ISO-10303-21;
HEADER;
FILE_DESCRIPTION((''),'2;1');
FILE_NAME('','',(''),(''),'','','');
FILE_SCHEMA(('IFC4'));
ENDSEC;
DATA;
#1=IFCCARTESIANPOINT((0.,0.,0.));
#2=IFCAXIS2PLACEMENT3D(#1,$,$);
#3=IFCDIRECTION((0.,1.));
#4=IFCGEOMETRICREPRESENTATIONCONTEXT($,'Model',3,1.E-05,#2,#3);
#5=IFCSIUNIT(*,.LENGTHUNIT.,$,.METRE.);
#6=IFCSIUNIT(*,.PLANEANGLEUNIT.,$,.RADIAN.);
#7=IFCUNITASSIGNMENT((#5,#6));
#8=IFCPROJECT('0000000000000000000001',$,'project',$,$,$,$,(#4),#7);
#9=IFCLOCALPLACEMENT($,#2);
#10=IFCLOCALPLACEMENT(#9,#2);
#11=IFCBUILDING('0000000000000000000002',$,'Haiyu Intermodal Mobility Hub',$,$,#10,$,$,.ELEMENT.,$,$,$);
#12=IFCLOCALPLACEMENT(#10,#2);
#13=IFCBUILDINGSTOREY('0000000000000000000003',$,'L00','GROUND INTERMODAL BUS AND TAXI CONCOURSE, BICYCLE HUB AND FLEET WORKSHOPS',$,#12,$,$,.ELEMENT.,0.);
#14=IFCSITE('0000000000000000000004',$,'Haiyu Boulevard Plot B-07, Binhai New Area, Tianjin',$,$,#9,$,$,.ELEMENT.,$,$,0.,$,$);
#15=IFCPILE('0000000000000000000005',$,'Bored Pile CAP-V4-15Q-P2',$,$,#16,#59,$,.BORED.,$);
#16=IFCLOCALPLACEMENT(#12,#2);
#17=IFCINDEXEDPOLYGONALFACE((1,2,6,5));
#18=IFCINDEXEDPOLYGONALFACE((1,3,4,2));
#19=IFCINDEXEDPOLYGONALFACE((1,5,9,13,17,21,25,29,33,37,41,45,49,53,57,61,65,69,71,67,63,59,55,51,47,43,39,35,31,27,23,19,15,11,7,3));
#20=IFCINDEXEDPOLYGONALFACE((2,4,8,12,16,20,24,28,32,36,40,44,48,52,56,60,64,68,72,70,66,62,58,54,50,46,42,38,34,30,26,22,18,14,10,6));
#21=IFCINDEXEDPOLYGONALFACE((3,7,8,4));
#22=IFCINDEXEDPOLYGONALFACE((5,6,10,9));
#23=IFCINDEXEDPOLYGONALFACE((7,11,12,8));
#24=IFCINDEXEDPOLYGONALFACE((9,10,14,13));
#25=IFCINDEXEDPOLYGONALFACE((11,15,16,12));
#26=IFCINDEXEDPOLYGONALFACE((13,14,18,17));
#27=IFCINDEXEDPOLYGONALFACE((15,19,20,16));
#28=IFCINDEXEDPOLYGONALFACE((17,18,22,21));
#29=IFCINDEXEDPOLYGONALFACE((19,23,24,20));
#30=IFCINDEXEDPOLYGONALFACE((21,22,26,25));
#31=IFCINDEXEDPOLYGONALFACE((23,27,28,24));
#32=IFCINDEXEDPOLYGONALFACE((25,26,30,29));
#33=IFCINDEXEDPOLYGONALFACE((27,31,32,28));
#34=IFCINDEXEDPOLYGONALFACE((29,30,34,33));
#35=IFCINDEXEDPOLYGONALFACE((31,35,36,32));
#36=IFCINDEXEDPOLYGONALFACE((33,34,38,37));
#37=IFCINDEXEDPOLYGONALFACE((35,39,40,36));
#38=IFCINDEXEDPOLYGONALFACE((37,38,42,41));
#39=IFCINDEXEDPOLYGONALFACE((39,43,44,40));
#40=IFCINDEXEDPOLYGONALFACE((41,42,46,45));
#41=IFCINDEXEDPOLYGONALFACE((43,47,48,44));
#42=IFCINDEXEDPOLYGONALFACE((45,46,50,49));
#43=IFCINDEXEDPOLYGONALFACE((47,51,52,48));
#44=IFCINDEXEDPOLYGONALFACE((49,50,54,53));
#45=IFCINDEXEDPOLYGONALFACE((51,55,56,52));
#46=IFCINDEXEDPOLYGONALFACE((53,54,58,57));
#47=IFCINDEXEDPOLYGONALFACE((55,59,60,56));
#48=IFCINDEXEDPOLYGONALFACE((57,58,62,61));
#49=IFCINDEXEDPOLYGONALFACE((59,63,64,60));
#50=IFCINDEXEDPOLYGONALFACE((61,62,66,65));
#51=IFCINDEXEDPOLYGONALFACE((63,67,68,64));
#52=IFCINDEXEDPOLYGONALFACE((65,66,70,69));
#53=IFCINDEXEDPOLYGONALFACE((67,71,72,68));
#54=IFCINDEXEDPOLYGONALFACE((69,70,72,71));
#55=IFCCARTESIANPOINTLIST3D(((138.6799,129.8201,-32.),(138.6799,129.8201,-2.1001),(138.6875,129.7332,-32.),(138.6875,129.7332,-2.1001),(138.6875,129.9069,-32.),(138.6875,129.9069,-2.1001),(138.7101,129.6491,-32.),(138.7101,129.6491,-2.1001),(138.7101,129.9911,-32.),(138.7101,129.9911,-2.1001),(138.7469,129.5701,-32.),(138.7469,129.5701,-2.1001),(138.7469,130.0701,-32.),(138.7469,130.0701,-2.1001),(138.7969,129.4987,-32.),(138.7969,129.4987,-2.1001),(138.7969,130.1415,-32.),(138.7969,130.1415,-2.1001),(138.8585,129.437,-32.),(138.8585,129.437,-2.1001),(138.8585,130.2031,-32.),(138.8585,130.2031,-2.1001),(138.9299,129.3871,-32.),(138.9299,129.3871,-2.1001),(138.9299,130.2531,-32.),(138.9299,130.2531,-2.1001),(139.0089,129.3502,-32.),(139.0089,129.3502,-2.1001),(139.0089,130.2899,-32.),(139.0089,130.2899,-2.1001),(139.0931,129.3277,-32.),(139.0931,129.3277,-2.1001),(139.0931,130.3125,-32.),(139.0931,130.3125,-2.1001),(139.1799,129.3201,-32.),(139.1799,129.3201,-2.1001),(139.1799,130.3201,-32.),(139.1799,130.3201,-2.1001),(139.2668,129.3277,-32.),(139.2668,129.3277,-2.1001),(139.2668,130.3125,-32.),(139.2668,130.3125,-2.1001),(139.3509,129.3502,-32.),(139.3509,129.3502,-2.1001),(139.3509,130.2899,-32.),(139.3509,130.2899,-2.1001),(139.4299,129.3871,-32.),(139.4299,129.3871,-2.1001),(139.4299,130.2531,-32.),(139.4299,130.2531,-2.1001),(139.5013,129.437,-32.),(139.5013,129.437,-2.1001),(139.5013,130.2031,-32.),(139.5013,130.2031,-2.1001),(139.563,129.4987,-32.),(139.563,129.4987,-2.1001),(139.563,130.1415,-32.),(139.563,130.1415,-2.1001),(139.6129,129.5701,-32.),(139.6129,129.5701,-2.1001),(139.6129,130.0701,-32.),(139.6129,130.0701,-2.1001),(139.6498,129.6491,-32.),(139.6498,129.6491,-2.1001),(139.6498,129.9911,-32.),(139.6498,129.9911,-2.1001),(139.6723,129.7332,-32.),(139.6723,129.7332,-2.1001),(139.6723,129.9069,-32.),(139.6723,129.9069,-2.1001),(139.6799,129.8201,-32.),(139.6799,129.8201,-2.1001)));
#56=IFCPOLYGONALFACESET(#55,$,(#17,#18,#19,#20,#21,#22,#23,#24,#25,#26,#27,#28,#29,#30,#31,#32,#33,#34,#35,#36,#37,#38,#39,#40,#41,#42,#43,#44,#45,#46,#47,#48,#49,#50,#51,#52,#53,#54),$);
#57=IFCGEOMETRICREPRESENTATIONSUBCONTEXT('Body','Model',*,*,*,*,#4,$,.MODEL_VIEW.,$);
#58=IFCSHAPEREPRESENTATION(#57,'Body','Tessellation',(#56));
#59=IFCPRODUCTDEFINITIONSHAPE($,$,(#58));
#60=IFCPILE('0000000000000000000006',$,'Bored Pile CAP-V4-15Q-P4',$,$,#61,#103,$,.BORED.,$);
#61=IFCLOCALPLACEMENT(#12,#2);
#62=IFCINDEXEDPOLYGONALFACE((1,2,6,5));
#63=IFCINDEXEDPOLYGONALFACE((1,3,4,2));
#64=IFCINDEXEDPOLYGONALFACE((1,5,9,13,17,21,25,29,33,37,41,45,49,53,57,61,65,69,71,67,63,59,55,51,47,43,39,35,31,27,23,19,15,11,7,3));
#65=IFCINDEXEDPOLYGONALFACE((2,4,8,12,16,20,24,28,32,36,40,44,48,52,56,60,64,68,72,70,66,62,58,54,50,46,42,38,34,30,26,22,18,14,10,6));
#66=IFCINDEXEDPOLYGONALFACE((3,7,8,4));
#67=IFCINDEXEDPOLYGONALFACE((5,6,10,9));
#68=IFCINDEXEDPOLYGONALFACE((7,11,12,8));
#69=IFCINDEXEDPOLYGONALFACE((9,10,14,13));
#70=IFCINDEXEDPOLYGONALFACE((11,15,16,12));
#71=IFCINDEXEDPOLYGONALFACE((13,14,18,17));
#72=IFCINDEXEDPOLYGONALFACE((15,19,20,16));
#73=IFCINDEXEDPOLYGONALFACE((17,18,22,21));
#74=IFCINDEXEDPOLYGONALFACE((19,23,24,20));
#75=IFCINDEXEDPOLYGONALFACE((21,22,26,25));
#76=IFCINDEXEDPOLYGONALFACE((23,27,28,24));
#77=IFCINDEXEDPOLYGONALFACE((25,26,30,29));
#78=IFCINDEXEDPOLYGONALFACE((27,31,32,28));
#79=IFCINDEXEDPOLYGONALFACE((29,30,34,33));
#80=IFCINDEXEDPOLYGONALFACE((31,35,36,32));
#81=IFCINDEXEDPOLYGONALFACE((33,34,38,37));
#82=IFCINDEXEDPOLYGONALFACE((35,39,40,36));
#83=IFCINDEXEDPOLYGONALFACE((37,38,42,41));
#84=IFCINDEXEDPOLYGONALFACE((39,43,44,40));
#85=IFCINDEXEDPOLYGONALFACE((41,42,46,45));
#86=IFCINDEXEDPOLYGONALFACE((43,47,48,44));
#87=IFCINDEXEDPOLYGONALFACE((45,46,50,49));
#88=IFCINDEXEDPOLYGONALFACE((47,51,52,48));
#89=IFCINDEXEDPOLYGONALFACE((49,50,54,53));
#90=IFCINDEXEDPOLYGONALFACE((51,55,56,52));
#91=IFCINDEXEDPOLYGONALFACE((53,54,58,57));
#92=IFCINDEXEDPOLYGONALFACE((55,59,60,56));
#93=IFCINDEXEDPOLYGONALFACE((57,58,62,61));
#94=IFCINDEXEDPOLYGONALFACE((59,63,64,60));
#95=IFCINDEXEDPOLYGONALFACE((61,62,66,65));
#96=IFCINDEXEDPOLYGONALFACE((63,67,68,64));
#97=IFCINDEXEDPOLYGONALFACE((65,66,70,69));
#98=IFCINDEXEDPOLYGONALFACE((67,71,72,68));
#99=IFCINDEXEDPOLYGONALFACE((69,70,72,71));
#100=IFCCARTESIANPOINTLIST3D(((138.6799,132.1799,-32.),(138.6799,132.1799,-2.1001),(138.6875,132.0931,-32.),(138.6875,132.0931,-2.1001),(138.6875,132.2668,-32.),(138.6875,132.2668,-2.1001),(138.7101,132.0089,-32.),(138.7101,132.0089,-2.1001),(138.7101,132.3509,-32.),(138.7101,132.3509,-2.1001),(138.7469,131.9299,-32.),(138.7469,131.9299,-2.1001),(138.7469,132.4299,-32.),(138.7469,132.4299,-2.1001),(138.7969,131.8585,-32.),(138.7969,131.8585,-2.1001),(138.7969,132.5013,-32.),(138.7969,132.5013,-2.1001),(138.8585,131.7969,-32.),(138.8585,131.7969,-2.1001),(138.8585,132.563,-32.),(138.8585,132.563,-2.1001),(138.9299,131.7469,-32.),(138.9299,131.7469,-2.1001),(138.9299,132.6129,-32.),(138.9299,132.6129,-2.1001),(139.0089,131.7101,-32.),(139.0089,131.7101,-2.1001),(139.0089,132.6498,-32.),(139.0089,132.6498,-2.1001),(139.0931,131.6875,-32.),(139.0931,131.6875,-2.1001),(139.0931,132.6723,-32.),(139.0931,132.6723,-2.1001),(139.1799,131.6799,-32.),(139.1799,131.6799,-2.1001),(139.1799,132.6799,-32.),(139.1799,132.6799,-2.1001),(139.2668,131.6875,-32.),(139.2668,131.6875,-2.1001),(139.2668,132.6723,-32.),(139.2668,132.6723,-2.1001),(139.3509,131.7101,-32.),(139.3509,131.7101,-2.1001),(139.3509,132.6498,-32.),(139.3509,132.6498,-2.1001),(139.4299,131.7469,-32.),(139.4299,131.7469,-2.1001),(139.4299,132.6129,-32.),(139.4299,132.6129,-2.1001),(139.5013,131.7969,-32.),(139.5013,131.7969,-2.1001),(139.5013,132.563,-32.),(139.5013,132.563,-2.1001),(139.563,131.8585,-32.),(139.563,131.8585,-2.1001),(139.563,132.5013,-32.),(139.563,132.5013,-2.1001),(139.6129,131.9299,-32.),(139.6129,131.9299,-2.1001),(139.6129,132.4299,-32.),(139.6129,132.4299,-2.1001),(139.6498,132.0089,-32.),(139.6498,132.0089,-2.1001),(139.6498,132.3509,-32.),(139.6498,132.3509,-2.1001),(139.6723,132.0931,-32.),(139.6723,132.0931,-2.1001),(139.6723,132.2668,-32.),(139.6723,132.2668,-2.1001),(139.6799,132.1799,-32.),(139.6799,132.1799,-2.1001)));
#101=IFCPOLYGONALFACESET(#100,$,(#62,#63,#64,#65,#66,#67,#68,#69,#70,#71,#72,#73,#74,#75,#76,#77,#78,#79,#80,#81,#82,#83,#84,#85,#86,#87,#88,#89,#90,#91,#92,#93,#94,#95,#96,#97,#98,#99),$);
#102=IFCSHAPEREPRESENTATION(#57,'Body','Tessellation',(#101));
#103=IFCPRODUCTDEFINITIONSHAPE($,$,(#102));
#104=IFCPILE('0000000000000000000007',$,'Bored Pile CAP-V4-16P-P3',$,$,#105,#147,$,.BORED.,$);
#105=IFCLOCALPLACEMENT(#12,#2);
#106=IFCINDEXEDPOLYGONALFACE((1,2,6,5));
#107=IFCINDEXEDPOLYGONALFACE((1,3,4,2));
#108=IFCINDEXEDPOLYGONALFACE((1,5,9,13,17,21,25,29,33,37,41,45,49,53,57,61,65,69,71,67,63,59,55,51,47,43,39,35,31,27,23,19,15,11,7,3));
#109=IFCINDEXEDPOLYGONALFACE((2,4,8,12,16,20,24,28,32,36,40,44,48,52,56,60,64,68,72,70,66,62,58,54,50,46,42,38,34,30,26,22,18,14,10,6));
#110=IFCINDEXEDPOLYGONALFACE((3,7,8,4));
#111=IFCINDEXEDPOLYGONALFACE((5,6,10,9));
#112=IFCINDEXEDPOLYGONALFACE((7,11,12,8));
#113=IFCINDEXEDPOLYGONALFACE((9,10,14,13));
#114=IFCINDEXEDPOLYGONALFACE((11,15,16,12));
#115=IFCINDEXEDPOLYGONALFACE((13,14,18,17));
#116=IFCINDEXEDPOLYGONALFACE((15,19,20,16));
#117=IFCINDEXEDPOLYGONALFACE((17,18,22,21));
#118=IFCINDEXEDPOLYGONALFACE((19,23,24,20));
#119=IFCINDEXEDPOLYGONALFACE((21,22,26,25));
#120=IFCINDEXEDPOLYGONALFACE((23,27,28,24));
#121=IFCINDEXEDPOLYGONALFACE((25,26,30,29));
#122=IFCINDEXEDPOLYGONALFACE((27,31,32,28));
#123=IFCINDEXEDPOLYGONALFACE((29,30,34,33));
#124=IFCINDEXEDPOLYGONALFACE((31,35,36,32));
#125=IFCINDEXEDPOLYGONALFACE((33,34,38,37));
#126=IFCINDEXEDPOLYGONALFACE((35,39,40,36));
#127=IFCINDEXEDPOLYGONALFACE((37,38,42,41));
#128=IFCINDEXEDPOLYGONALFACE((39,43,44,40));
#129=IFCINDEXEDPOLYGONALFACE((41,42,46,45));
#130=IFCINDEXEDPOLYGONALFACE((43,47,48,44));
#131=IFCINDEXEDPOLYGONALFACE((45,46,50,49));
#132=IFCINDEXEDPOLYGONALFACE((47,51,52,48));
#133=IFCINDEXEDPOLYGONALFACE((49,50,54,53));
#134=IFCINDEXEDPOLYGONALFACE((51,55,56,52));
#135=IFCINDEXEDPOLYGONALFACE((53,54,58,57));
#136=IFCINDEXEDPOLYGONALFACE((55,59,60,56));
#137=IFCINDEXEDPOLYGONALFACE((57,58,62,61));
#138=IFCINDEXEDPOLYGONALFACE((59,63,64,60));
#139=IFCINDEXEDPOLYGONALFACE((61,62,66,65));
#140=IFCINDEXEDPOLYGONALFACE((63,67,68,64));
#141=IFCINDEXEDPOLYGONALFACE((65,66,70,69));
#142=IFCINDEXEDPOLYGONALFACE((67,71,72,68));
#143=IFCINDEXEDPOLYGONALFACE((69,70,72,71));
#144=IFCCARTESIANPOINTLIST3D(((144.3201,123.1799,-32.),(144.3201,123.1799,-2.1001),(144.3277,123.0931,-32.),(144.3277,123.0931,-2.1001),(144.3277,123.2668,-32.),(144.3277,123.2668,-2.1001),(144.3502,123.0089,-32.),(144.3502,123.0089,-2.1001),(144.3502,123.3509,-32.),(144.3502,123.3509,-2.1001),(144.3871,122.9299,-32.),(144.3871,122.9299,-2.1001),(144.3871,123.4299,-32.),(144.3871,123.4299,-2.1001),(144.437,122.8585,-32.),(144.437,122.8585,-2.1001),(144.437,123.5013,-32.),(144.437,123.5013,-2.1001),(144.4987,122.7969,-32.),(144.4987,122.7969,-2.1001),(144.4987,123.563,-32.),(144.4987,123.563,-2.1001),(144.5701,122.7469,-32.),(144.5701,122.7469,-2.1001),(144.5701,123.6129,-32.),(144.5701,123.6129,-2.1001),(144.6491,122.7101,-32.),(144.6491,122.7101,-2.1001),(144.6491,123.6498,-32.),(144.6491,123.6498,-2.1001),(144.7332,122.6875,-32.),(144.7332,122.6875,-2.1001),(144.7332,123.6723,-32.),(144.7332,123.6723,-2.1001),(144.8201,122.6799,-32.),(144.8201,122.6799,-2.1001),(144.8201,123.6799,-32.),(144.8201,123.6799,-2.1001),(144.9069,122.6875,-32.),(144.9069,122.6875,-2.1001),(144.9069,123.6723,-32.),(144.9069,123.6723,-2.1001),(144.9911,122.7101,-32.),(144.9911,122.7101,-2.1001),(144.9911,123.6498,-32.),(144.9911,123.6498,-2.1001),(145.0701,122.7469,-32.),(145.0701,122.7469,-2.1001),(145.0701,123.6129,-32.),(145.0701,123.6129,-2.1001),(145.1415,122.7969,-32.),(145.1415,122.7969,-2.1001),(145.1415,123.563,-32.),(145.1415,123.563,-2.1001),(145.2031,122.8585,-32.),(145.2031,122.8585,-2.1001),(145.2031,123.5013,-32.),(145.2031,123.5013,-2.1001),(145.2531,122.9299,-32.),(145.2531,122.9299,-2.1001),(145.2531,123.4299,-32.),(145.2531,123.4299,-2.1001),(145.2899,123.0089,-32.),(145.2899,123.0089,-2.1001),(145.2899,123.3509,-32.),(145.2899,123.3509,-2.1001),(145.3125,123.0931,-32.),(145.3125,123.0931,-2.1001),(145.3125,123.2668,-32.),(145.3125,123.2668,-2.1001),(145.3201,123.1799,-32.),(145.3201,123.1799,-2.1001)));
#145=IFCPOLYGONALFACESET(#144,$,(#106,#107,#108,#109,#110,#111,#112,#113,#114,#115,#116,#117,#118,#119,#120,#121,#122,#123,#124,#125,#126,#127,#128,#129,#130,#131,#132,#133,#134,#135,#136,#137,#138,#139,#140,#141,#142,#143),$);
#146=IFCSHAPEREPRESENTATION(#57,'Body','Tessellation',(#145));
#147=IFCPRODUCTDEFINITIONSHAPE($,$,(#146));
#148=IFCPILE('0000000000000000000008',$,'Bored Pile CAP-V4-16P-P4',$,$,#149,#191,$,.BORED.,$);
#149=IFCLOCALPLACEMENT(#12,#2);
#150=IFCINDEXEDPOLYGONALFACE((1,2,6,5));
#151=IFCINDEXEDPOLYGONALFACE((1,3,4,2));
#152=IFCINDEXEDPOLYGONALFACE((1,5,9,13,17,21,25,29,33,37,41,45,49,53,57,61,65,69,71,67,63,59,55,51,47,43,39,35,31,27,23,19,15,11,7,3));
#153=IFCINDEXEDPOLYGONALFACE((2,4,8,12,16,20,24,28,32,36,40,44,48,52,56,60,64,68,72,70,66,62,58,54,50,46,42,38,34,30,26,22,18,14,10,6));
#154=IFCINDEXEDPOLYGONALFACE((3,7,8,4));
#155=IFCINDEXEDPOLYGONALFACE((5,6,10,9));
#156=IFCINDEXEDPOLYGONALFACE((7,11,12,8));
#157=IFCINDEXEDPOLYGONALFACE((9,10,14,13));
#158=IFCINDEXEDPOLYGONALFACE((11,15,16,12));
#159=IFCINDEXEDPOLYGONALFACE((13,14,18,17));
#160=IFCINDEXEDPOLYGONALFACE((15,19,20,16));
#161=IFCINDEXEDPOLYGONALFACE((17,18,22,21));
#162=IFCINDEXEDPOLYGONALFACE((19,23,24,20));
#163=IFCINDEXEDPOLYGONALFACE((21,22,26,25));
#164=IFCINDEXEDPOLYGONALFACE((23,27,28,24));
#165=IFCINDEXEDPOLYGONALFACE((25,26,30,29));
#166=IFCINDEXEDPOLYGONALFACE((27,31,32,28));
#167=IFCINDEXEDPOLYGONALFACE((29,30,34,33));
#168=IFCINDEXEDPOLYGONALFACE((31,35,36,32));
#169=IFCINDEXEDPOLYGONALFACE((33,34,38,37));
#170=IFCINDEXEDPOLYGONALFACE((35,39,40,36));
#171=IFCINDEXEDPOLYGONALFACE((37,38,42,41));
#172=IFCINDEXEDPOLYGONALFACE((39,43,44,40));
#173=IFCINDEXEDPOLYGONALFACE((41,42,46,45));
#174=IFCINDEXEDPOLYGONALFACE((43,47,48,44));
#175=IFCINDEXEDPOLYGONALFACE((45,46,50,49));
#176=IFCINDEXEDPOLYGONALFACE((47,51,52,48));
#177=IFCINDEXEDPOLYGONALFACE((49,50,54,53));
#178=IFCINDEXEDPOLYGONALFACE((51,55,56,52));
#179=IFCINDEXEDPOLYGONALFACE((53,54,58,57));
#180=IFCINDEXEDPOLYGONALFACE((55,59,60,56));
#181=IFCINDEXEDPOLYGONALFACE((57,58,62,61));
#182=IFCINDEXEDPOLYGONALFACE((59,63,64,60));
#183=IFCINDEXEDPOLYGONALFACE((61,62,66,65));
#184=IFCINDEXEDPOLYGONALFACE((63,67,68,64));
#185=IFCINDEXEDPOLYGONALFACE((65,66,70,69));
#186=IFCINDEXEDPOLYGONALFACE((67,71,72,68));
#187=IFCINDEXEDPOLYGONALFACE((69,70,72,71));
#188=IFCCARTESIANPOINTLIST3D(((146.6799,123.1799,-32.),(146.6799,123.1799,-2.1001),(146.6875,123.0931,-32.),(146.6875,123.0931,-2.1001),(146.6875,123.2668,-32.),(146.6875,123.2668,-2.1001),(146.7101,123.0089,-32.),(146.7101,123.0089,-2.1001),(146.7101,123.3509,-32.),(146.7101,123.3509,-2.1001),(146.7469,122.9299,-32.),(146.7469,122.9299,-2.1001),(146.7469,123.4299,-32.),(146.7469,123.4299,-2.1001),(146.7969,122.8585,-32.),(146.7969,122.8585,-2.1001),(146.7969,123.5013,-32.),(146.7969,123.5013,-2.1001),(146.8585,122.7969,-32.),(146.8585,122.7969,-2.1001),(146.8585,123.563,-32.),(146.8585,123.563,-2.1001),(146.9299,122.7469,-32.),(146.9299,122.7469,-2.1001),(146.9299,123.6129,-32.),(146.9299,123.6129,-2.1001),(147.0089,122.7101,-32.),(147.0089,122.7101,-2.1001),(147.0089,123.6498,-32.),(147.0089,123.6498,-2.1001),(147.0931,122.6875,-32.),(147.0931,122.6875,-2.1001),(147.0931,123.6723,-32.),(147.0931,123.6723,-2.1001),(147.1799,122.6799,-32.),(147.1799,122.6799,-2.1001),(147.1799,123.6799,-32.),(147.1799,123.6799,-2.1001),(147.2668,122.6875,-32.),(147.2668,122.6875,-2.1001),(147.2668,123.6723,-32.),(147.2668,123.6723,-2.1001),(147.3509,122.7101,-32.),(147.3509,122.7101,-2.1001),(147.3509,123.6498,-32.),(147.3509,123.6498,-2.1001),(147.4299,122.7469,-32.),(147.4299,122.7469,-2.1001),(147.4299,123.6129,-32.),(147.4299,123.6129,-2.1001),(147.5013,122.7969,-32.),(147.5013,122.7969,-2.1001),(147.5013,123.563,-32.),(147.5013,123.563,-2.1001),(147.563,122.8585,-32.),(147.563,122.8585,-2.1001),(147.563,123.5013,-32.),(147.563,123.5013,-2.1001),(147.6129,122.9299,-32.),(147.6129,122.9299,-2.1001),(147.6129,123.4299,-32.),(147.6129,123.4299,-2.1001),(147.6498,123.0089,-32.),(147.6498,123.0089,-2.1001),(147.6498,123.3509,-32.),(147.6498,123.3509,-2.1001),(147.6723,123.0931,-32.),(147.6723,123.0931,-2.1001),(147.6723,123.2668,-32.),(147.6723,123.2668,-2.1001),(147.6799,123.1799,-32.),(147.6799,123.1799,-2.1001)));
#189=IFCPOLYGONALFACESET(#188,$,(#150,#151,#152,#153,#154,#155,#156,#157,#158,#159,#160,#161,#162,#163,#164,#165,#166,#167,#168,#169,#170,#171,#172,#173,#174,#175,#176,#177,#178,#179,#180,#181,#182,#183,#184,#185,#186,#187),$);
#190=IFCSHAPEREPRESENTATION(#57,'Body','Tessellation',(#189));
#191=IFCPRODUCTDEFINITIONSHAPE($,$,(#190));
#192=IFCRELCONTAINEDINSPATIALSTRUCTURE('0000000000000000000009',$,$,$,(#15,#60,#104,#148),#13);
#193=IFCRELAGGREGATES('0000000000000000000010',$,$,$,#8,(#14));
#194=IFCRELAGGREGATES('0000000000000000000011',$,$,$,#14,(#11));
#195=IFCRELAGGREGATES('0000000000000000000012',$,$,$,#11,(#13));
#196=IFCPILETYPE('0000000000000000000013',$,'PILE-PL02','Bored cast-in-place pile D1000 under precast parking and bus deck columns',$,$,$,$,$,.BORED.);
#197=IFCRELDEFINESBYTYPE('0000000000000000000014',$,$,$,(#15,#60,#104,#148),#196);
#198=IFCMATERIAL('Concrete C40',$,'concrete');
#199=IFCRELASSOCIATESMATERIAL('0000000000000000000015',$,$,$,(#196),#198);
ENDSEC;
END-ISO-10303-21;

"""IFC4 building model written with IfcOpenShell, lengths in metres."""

from ifc_helpers import new_model, si_unit, direction, frame, origin, origin_2d, place, context, subcontext, project, spatial, circle, extrude, material, material_profile, profile_set, type_object, element, save


model = new_model("IFC4")

# Units and contexts
model_context = context("Model", 3, precision=1e-05, world=origin(), true_north=direction((0.0, 1.0)))
body_context = subcontext(model_context, "Body", "Model", "MODEL_VIEW")
ifc_project = project(units=[si_unit("LENGTHUNIT", "METRE"), si_unit("PLANEANGLEUNIT", "RADIAN")], contexts=[model_context])

# Site, building, storey
site_placement = place(None, origin())
site = spatial("IfcSite", under=ifc_project, at=site_placement, Name="Haiyu Boulevard Plot B-07, Binhai New Area, Tianjin", CompositionType="ELEMENT", RefElevation=0.0)
building_placement = place(site_placement, origin())
building = spatial("IfcBuilding", under=site, at=building_placement, Name="Haiyu Intermodal Mobility Hub", CompositionType="ELEMENT")
storey_placement = place(building_placement, origin())
storey = spatial("IfcBuildingStorey", under=building, at=storey_placement, Name="L00", Description="GROUND INTERMODAL BUS AND TAXI CONCOURSE, BICYCLE HUB AND FLEET WORKSHOPS", CompositionType="ELEMENT", Elevation=0.0)

# Shared definitions
ifc_material_1 = material(Name="Concrete C40", Category="concrete")

# Piles
ifc_material_profile_1 = material_profile(ifc_material_1, circle(Radius=0.5, at=origin_2d()), Name="PILE-D1000")
ifc_profile_set_1 = profile_set([ifc_material_profile_1], Name="Concrete C40")
pile_type = type_object("IfcPileType", Name="PILE-PL02", Description="Bored cast-in-place pile D1000 under precast parking and bus deck columns", PredefinedType="BORED", material=ifc_profile_set_1)
for number, where, z_axis, x_axis, name in (
    (1, (139.1799, 129.8201, -2.1001), (0.0, 0.0, -1.0), (1.0, 0.0, 0.0), "Bored Pile CAP-V4-15Q-P2"),
    (2, (139.1799, 132.1799, -2.1001), (0.0, 0.0, -1.0), (1.0, 0.0, 0.0), "Bored Pile CAP-V4-15Q-P4"),
    (3, (144.8201, 123.1799, -2.1001), (0.0, 0.0, -1.0), (1.0, 0.0, 0.0), "Bored Pile CAP-V4-16P-P3"),
    (4, (147.1799, 123.1799, -2.1001), (0.0, 0.0, -1.0), (1.0, 0.0, 0.0), "Bored Pile CAP-V4-16P-P4"),
):
    element("IfcPile", number, at=place(storey_placement, frame(where, z_axis=z_axis, x_axis=x_axis)), inside=storey, type_object=pile_type, Name=name, PredefinedType="BORED", context=body_context, shape_type="SweptSolid", body=[
        extrude(circle(Radius=0.5, at=origin_2d()), origin(), (0.0, 0.0, 1.0), 29.8999),
    ])

save(model, "model.ifc")
